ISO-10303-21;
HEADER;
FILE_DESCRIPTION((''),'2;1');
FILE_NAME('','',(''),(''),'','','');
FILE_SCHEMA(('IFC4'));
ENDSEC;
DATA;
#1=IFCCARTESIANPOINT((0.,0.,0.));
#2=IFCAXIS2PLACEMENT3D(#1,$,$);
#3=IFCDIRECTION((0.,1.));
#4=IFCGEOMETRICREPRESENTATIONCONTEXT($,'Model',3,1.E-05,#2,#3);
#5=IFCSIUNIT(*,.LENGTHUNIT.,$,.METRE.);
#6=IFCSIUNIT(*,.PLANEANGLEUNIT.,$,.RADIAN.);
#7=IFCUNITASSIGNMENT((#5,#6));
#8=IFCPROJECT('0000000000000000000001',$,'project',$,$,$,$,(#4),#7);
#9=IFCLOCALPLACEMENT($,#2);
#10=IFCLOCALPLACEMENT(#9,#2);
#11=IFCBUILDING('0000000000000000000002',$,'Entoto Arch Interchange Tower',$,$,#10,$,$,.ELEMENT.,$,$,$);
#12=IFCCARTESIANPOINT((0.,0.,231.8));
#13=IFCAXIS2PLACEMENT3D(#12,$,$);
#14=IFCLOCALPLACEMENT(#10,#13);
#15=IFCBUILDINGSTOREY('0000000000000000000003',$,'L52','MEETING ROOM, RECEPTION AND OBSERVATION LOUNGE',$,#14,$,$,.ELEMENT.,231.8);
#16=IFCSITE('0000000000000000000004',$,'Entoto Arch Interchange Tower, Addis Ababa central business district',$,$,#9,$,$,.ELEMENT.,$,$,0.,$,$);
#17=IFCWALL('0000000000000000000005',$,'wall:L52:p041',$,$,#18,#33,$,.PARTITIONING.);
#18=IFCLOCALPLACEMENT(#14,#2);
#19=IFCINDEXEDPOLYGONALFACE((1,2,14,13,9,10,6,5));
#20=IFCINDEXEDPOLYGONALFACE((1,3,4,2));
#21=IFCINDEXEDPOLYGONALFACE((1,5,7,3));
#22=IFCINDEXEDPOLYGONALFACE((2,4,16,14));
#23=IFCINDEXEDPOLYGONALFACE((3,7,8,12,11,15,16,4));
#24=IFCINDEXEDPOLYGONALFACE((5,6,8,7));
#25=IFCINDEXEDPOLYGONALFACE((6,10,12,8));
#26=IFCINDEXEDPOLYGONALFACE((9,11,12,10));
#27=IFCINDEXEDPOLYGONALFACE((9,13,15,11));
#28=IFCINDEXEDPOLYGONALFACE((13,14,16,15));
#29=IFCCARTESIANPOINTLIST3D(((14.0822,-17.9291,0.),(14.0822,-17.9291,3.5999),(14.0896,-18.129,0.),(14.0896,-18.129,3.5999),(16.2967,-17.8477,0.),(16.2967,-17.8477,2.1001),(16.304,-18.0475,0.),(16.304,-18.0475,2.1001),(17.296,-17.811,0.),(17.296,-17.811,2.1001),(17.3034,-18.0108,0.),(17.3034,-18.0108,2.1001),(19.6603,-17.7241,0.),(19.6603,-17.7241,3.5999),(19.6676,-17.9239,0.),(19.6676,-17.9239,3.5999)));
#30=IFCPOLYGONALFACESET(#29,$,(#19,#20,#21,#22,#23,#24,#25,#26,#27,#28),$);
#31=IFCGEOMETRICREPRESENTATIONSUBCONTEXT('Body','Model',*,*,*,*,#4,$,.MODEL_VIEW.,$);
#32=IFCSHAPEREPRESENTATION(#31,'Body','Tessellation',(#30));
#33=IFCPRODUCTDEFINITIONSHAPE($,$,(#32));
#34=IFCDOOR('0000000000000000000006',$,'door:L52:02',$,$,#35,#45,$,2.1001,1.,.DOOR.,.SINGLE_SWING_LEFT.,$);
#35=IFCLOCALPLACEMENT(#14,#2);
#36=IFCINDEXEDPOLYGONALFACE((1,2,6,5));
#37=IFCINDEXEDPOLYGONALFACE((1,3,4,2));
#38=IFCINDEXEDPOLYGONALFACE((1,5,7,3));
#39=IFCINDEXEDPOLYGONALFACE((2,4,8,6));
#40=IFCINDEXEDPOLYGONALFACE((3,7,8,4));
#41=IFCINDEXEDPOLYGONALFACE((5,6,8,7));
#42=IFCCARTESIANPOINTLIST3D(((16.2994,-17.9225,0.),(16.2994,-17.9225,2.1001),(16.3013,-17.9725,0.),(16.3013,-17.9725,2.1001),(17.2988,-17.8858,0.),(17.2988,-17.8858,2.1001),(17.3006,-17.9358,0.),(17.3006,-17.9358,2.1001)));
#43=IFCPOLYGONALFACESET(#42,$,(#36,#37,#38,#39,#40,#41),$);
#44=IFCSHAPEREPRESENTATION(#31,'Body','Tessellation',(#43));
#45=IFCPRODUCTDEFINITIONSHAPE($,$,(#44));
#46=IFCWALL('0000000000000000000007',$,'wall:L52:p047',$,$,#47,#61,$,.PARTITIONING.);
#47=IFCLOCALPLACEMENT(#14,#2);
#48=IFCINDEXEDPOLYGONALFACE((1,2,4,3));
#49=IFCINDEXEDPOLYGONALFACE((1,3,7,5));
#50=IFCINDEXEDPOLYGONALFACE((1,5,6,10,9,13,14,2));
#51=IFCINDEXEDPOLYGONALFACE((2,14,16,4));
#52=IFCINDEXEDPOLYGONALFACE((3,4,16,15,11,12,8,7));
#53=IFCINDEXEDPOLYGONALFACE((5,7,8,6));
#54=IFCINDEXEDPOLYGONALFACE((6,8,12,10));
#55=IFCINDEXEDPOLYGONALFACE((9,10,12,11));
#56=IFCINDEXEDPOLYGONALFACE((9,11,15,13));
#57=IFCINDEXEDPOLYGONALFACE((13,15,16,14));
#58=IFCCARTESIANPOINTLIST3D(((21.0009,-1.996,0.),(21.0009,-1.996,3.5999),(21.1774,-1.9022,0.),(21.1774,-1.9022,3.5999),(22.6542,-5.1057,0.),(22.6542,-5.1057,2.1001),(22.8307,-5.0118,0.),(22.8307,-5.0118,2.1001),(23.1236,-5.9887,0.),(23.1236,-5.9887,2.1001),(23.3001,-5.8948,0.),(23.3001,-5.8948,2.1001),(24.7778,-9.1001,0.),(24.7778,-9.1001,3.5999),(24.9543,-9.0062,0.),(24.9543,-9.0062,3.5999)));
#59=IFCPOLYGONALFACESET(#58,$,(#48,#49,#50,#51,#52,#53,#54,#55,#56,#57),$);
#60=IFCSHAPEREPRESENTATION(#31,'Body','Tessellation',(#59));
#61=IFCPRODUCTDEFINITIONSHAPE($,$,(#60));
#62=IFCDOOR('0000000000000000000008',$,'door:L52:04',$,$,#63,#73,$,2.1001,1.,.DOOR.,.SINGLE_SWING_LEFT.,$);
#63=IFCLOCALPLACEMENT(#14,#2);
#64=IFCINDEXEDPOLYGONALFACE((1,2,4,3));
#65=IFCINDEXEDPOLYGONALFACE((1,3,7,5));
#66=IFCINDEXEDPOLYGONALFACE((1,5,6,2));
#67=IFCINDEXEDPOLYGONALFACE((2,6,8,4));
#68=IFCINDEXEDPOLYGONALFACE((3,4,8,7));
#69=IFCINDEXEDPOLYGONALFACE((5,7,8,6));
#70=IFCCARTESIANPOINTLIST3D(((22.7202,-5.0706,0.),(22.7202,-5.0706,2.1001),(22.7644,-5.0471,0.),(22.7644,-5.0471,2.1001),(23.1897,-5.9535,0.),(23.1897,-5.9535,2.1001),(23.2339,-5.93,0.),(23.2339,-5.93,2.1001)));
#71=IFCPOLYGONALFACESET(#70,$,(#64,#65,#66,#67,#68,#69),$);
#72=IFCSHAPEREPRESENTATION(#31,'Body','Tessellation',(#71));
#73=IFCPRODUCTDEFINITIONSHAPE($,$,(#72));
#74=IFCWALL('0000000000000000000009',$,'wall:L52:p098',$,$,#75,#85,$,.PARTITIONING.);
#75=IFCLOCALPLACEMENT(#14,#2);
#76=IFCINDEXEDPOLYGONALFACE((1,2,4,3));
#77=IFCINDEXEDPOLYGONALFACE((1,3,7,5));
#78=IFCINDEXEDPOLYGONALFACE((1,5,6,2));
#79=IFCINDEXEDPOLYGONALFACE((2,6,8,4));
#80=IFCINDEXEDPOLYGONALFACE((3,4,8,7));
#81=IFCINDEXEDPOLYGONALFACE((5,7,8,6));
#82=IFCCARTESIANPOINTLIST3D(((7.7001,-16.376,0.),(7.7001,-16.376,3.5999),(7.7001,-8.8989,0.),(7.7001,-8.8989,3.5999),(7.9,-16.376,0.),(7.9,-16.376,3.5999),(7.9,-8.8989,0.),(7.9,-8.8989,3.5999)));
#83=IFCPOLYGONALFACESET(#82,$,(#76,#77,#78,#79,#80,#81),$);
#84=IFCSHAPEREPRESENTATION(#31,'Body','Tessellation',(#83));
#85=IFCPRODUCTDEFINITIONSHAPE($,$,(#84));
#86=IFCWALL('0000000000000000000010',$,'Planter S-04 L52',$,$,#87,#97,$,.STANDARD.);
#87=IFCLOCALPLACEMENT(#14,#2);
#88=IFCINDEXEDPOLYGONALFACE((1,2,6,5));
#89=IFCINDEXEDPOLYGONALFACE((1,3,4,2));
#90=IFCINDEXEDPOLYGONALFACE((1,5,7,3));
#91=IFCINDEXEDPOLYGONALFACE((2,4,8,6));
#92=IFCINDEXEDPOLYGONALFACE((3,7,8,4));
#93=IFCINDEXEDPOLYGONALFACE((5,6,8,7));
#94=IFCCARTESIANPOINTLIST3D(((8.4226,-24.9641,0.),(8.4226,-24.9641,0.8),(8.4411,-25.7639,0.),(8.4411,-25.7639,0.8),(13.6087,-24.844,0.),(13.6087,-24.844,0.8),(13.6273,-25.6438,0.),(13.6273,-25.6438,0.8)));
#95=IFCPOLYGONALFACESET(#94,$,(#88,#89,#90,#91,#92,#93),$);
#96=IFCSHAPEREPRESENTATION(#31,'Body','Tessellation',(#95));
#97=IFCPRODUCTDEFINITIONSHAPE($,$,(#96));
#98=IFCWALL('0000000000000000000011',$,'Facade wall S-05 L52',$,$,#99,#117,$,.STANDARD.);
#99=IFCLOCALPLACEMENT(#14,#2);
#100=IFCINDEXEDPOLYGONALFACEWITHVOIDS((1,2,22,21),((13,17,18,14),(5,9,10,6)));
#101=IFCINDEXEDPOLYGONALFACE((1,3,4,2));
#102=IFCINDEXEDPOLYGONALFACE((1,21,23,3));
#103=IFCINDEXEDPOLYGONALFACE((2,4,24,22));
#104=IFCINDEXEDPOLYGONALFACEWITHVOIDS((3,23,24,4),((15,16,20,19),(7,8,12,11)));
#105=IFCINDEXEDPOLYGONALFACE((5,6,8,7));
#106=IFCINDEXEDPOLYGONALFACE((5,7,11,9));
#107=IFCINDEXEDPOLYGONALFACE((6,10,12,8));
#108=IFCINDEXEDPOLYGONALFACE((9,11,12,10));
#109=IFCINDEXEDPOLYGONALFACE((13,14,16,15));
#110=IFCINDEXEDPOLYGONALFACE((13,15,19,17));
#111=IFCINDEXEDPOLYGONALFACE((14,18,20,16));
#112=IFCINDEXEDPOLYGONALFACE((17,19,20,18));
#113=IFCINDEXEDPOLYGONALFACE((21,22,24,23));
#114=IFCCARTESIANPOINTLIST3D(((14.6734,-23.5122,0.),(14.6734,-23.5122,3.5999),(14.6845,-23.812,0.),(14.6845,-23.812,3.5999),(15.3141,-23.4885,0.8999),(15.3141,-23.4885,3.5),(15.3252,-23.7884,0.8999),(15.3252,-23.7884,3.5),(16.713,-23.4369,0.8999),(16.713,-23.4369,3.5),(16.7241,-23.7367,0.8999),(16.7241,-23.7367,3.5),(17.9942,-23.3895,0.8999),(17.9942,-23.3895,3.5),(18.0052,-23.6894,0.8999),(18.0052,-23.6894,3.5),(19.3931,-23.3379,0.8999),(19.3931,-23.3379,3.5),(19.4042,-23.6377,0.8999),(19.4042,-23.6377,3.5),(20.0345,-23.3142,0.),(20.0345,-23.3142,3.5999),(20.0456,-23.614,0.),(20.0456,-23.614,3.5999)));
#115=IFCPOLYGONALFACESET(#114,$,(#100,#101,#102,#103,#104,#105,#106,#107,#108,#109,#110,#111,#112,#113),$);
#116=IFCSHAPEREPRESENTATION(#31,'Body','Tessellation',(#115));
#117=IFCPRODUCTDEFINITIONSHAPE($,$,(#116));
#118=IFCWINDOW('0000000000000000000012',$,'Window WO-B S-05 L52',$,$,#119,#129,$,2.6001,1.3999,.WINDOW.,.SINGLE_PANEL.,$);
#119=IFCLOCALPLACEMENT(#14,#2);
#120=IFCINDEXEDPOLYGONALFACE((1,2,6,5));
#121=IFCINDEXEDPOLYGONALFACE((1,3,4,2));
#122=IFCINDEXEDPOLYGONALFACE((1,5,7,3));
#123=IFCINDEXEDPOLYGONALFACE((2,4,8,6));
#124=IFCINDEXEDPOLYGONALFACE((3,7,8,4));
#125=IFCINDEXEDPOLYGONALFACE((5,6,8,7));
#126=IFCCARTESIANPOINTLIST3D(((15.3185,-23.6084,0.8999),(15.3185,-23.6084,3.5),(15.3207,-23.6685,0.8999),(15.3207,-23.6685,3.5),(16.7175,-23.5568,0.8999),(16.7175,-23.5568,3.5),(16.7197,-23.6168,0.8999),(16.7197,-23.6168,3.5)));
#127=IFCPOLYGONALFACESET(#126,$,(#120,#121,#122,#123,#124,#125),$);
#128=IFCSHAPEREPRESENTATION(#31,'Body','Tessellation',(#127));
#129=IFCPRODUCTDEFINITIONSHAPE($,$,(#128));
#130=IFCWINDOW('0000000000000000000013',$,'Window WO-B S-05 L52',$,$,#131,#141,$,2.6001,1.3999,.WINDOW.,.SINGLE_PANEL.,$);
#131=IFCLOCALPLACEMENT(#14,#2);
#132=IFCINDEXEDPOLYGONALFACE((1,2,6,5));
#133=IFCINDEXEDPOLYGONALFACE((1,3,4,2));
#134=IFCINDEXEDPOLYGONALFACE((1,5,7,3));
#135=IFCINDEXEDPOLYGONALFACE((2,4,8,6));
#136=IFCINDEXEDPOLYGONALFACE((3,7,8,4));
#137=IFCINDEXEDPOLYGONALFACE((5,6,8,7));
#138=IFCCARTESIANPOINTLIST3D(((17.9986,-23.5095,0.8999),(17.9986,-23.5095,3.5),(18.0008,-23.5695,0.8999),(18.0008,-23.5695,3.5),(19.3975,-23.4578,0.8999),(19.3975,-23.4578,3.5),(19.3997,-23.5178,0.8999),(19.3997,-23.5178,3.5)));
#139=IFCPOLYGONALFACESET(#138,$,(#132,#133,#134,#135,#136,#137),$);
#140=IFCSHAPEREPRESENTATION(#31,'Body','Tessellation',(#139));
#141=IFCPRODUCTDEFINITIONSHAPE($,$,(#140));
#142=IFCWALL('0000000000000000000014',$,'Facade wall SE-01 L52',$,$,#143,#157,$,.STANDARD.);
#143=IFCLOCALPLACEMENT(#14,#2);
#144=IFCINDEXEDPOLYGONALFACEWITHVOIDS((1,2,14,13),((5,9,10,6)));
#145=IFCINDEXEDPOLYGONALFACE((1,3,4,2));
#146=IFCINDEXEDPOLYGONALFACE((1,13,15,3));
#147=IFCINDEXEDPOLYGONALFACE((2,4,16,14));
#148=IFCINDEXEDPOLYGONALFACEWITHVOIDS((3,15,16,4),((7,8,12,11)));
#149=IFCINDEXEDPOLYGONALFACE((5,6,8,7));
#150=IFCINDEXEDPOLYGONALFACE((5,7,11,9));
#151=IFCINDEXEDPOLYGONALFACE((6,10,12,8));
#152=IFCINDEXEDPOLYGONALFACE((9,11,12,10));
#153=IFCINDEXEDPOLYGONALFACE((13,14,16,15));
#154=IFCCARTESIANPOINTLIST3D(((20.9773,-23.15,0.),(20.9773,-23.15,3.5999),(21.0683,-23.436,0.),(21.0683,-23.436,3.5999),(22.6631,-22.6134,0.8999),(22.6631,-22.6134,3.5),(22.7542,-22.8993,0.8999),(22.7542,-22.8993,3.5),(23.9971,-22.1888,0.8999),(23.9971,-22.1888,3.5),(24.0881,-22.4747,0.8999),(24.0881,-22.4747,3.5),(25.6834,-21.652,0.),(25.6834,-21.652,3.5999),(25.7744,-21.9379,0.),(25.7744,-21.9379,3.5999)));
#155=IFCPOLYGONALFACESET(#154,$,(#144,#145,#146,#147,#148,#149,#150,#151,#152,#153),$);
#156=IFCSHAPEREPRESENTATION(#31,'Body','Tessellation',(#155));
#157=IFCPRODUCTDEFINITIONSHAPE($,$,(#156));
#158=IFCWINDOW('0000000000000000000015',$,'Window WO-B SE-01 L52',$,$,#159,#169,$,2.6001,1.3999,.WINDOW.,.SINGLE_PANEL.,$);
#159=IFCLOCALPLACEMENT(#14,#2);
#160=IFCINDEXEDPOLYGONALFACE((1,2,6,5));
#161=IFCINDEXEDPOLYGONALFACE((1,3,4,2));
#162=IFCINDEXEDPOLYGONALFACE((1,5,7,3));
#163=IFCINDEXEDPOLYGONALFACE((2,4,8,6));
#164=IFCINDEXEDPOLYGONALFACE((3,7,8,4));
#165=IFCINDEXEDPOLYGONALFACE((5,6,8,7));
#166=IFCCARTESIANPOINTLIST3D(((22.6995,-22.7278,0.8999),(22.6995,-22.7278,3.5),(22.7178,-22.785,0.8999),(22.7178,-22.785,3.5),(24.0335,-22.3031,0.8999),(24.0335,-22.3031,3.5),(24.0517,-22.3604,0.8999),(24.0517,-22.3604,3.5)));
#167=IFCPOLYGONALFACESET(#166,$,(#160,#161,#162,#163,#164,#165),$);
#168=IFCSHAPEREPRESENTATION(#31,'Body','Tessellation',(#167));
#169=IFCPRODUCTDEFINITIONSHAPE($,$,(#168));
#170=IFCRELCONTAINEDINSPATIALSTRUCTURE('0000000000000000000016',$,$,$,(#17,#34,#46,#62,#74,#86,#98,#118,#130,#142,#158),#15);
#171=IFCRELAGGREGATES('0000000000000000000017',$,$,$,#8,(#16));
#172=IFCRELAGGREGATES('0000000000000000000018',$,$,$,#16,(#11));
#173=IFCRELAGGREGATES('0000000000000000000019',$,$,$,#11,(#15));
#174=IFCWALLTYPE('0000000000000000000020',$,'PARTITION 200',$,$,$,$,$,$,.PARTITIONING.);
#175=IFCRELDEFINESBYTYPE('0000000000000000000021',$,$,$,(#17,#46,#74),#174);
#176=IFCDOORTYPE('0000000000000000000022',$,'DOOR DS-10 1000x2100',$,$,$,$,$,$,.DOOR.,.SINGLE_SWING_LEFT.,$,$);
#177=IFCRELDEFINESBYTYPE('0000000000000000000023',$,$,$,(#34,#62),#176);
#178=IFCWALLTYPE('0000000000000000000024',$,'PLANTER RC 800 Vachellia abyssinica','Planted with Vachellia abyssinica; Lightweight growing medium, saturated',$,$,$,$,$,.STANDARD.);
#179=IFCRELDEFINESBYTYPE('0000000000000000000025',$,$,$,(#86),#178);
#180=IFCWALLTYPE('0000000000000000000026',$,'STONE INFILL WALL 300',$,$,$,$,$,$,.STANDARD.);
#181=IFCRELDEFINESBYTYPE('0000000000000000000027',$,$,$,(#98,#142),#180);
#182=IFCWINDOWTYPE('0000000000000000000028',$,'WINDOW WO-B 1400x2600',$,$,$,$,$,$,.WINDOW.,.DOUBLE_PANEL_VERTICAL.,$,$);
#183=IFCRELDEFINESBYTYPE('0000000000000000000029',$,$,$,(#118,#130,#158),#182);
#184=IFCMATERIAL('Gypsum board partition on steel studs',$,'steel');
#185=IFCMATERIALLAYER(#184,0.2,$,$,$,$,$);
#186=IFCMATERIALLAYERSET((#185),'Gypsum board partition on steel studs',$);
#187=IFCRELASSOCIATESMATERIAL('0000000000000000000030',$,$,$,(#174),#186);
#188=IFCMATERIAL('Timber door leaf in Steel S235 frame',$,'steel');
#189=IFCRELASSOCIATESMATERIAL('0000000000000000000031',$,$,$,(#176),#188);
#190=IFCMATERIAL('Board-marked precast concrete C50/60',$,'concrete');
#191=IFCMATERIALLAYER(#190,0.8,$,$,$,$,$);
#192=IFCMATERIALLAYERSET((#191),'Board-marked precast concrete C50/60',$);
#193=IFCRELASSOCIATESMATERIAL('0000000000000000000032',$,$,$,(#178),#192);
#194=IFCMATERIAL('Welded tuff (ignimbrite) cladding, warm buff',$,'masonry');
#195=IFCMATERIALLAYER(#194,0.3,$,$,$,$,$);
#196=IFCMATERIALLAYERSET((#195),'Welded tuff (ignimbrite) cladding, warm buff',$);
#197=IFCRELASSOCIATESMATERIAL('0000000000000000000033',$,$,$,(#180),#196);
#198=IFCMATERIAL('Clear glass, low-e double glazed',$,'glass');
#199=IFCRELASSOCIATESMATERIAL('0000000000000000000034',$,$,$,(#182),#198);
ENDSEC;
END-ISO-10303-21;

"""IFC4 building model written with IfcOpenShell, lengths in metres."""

from ifc_helpers import new_model, si_unit, direction, frame, frame_2d, origin, place, context, subcontext, project, spatial, rectangle, extrude, material, layer, layer_set, type_object, element, fill, save


model = new_model("IFC4")

# Units and contexts
model_context = context("Model", 3, precision=1e-05, world=origin(), true_north=direction((0.0, 1.0)))
body_context = subcontext(model_context, "Body", "Model", "MODEL_VIEW")
ifc_project = project(units=[si_unit("LENGTHUNIT", "METRE"), si_unit("PLANEANGLEUNIT", "RADIAN")], contexts=[model_context])

# Site, building, storey
site_placement = place(None, origin())
site = spatial("IfcSite", under=ifc_project, at=site_placement, Name="Entoto Arch Interchange Tower, Addis Ababa central business district", CompositionType="ELEMENT", RefElevation=0.0)
building_placement = place(site_placement, origin())
building = spatial("IfcBuilding", under=site, at=building_placement, Name="Entoto Arch Interchange Tower", CompositionType="ELEMENT")
storey_placement = place(building_placement, frame((0.0, 0.0, 231.8)))
storey = spatial("IfcBuildingStorey", under=building, at=storey_placement, Name="L52", Description="MEETING ROOM, RECEPTION AND OBSERVATION LOUNGE", CompositionType="ELEMENT", Elevation=231.8)

# Shared definitions
ifc_material_1 = material(Name="Gypsum board partition on steel studs", Category="steel")
ifc_layer_1 = layer(ifc_material_1, 0.2)
ifc_layer_set_1 = layer_set([ifc_layer_1], Name="Gypsum board partition on steel studs")
wall_type_1 = type_object("IfcWallType", Name="PARTITION 200", PredefinedType="PARTITIONING", material=ifc_layer_set_1)

# Walls, openings, doors
ifc_material_2 = material(Name="Timber door leaf in Steel S235 frame", Category="steel")
door_type_1 = type_object("IfcDoorType", Name="DOOR DS-10 1000x2100", OperationType="SINGLE_SWING_LEFT", PredefinedType="DOOR", material=ifc_material_2)
wall_1_placement = place(storey_placement, frame((19.6641, -17.824, 0.0), z_axis=(0.0, 0.0, 1.0), x_axis=(-0.999325, -0.03674, 0.0)))
wall_1 = element("IfcWall", 1, at=wall_1_placement, inside=storey, type_object=wall_type_1, Name="wall:L52:p041", PredefinedType="PARTITIONING", context=body_context, shape_type="SweptSolid", body=[
    extrude(rectangle(XDim=5.5818, YDim=0.2, at=frame_2d((2.791, 0.0))), origin(), (0.0, 0.0, 1.0), 3.5999),
])
opening_1_placement = place(wall_1_placement, frame((2.366, 0.0, 0.0)))
opening_1 = element("IfcOpeningElement", 2, at=opening_1_placement, cuts=wall_1, PredefinedType="OPENING", context=body_context, shape_type="SweptSolid", body=[
    extrude(rectangle(XDim=1.0, YDim=2.1001, at=frame_2d((0.5, 1.05))), frame((0.0, 0.1099, 0.0), z_axis=(0.0, -1.0, 0.0), x_axis=(1.0, 0.0, 0.0)), (0.0, 0.0, 1.0), 0.22),
])
door_1_placement = place(opening_1_placement, origin())
door_1 = element("IfcDoor", 3, at=door_1_placement, inside=storey, type_object=door_type_1, Name="door:L52:02", OperationType="SINGLE_SWING_LEFT", OverallHeight=2.1001, OverallWidth=1.0, PredefinedType="DOOR", context=body_context, shape_type="SweptSolid", body=[
    extrude(rectangle(XDim=1.0, YDim=2.1001, at=frame_2d((0.5, 1.05))), frame((0.0, 0.0249, 0.0), z_axis=(0.0, -1.0, 0.0), x_axis=(1.0, 0.0, 0.0)), (0.0, 0.0, 1.0), 0.05),
])
fill(opening_1, door_1)
wall_2_placement = place(storey_placement, frame((21.0891, -1.949, 0.0), z_axis=(0.0, 0.0, 1.0), x_axis=(0.469432, -0.882969, 0.0)))
wall_2 = element("IfcWall", 4, at=wall_2_placement, inside=storey, type_object=wall_type_1, Name="wall:L52:p047", PredefinedType="PARTITIONING", context=body_context, shape_type="SweptSolid", body=[
    extrude(rectangle(XDim=8.0457, YDim=0.2, at=frame_2d((4.0229, 0.0))), origin(), (0.0, 0.0, 1.0), 3.5999),
])
opening_2_placement = place(wall_2_placement, frame((3.522, 0.0, 0.0)))
opening_2 = element("IfcOpeningElement", 5, at=opening_2_placement, cuts=wall_2, PredefinedType="OPENING", context=body_context, shape_type="SweptSolid", body=[
    extrude(rectangle(XDim=1.0, YDim=2.1001, at=frame_2d((0.5, 1.05))), frame((0.0, 0.1099, 0.0), z_axis=(0.0, -1.0, 0.0), x_axis=(1.0, 0.0, 0.0)), (0.0, 0.0, 1.0), 0.22),
])
door_2_placement = place(opening_2_placement, origin())
door_2 = element("IfcDoor", 6, at=door_2_placement, inside=storey, type_object=door_type_1, Name="door:L52:04", OperationType="SINGLE_SWING_LEFT", OverallHeight=2.1001, OverallWidth=1.0, PredefinedType="DOOR", context=body_context, shape_type="SweptSolid", body=[
    extrude(rectangle(XDim=1.0, YDim=2.1001, at=frame_2d((0.5, 1.05))), frame((0.0, 0.0249, 0.0), z_axis=(0.0, -1.0, 0.0), x_axis=(1.0, 0.0, 0.0)), (0.0, 0.0, 1.0), 0.05),
])
fill(opening_2, door_2)

# Walls
wall_3_placement = place(storey_placement, frame((7.8, -8.8989, 0.0), z_axis=(0.0, 0.0, 1.0), x_axis=(0.0, -1.0, 0.0)))
element("IfcWall", 7, at=wall_3_placement, inside=storey, type_object=wall_type_1, Name="wall:L52:p098", PredefinedType="PARTITIONING", context=body_context, shape_type="SweptSolid", body=[
    extrude(rectangle(XDim=7.4771, YDim=0.2, at=frame_2d((3.7385, 0.0))), origin(), (0.0, 0.0, 1.0), 3.5999),
])
ifc_material_3 = material(Name="Board-marked precast concrete C50/60", Category="concrete")
ifc_layer_2 = layer(ifc_material_3, 0.8)
ifc_layer_set_2 = layer_set([ifc_layer_2], Name="Board-marked precast concrete C50/60")
wall_type_2 = type_object("IfcWallType", Name="PLANTER RC 800 Vachellia abyssinica", Description="Planted with Vachellia abyssinica; Lightweight growing medium, saturated", PredefinedType="STANDARD", material=ifc_layer_set_2)
wall_4_placement = place(storey_placement, frame((8.4319, -25.364, 0.0), z_axis=(0.0, 0.0, 1.0), x_axis=(0.999732, 0.023155, 0.0)))
element("IfcWall", 8, at=wall_4_placement, inside=storey, type_object=wall_type_2, Name="Planter S-04 L52", PredefinedType="STANDARD", context=body_context, shape_type="SweptSolid", body=[
    extrude(rectangle(XDim=5.1875, YDim=0.8, at=frame_2d((2.5938, 0.0))), origin(), (0.0, 0.0, 1.0), 0.8),
])

# Shared definitions
ifc_material_4 = material(Name="Welded tuff (ignimbrite) cladding, warm buff", Category="masonry")
ifc_layer_3 = layer(ifc_material_4, 0.3)
ifc_layer_set_3 = layer_set([ifc_layer_3], Name="Welded tuff (ignimbrite) cladding, warm buff")
wall_type_3 = type_object("IfcWallType", Name="STONE INFILL WALL 300", PredefinedType="STANDARD", material=ifc_layer_set_3)
ifc_material_5 = material(Name="Clear glass, low-e double glazed", Category="glass")
window_type = type_object("IfcWindowType", Name="WINDOW WO-B 1400x2600", PartitioningType="DOUBLE_PANEL_VERTICAL", PredefinedType="WINDOW", material=ifc_material_5)

# Wall, openings, windows
wall_5_placement = place(storey_placement, frame((14.679, -23.6621, 0.0), z_axis=(0.0, 0.0, 1.0), x_axis=(0.999319, 0.036907, 0.0)))
wall_5 = element("IfcWall", 9, at=wall_5_placement, inside=storey, type_object=wall_type_3, Name="Facade wall S-05 L52", PredefinedType="STANDARD", context=body_context, shape_type="SweptSolid", body=[
    extrude(rectangle(XDim=5.3647, YDim=0.3, at=frame_2d((2.6824, 0.0))), origin(), (0.0, 0.0, 1.0), 3.5999),
])
opening_3_placement = place(wall_5_placement, frame((0.6411, 0.0, 0.8999)))
opening_3 = element("IfcOpeningElement", 10, at=opening_3_placement, cuts=wall_5, PredefinedType="OPENING", context=body_context, shape_type="SweptSolid", body=[
    extrude(rectangle(XDim=1.3999, YDim=2.6001, at=frame_2d((0.7, 1.3))), frame((0.0, 0.1602, 0.0), z_axis=(0.0, -1.0, 0.0), x_axis=(1.0, 0.0, 0.0)), (0.0, 0.0, 1.0), 0.3201),
])
opening_4_placement = place(wall_5_placement, frame((3.323, 0.0, 0.8999)))
opening_4 = element("IfcOpeningElement", 11, at=opening_4_placement, cuts=wall_5, PredefinedType="OPENING", context=body_context, shape_type="SweptSolid", body=[
    extrude(rectangle(XDim=1.3999, YDim=2.6001, at=frame_2d((0.7, 1.3))), frame((0.0, 0.1602, 0.0), z_axis=(0.0, -1.0, 0.0), x_axis=(1.0, 0.0, 0.0)), (0.0, 0.0, 1.0), 0.3201),
])
window_1_placement = place(opening_3_placement, origin())
window_1 = element("IfcWindow", 12, at=window_1_placement, inside=storey, type_object=window_type, Name="Window WO-B S-05 L52", OverallHeight=2.6001, OverallWidth=1.3999, PartitioningType="SINGLE_PANEL", PredefinedType="WINDOW", context=body_context, shape_type="SweptSolid", body=[
    extrude(rectangle(XDim=1.3999, YDim=2.6001, at=frame_2d((0.7, 1.3))), frame((0.0, 0.03, 0.0), z_axis=(0.0, -1.0, 0.0), x_axis=(1.0, 0.0, 0.0)), (0.0, 0.0, 1.0), 0.0601),
])
fill(opening_3, window_1)
window_2_placement = place(opening_4_placement, origin())
window_2 = element("IfcWindow", 13, at=window_2_placement, inside=storey, type_object=window_type, Name="Window WO-B S-05 L52", OverallHeight=2.6001, OverallWidth=1.3999, PartitioningType="SINGLE_PANEL", PredefinedType="WINDOW", context=body_context, shape_type="SweptSolid", body=[
    extrude(rectangle(XDim=1.3999, YDim=2.6001, at=frame_2d((0.7, 1.3))), frame((0.0, 0.03, 0.0), z_axis=(0.0, -1.0, 0.0), x_axis=(1.0, 0.0, 0.0)), (0.0, 0.0, 1.0), 0.0601),
])
fill(opening_4, window_2)

# Wall, opening, window
wall_6_placement = place(storey_placement, frame((21.0229, -23.293, 0.0), z_axis=(0.0, 0.0, 1.0), x_axis=(0.952887, 0.303326, 0.0)))
wall_6 = element("IfcWall", 14, at=wall_6_placement, inside=storey, type_object=wall_type_3, Name="Facade wall SE-01 L52", PredefinedType="STANDARD", context=body_context, shape_type="SweptSolid", body=[
    extrude(rectangle(XDim=4.9387, YDim=0.3, at=frame_2d((2.4692, 0.0))), origin(), (0.0, 0.0, 1.0), 3.5999),
])
opening_5_placement = place(wall_6_placement, frame((1.769, 0.0, 0.8999)))
opening_5 = element("IfcOpeningElement", 15, at=opening_5_placement, cuts=wall_6, PredefinedType="OPENING", context=body_context, shape_type="SweptSolid", body=[
    extrude(rectangle(XDim=1.3999, YDim=2.6001, at=frame_2d((0.7, 1.3))), frame((0.0, 0.1602, 0.0), z_axis=(0.0, -1.0, 0.0), x_axis=(1.0, 0.0, 0.0)), (0.0, 0.0, 1.0), 0.3201),
])
window_3_placement = place(opening_5_placement, origin())
window_3 = element("IfcWindow", 16, at=window_3_placement, inside=storey, type_object=window_type, Name="Window WO-B SE-01 L52", OverallHeight=2.6001, OverallWidth=1.3999, PartitioningType="SINGLE_PANEL", PredefinedType="WINDOW", context=body_context, shape_type="SweptSolid", body=[
    extrude(rectangle(XDim=1.3999, YDim=2.6001, at=frame_2d((0.7, 1.3))), frame((0.0, 0.03, 0.0), z_axis=(0.0, -1.0, 0.0), x_axis=(1.0, 0.0, 0.0)), (0.0, 0.0, 1.0), 0.0601),
])
fill(opening_5, window_3)

save(model, "model.ifc")
